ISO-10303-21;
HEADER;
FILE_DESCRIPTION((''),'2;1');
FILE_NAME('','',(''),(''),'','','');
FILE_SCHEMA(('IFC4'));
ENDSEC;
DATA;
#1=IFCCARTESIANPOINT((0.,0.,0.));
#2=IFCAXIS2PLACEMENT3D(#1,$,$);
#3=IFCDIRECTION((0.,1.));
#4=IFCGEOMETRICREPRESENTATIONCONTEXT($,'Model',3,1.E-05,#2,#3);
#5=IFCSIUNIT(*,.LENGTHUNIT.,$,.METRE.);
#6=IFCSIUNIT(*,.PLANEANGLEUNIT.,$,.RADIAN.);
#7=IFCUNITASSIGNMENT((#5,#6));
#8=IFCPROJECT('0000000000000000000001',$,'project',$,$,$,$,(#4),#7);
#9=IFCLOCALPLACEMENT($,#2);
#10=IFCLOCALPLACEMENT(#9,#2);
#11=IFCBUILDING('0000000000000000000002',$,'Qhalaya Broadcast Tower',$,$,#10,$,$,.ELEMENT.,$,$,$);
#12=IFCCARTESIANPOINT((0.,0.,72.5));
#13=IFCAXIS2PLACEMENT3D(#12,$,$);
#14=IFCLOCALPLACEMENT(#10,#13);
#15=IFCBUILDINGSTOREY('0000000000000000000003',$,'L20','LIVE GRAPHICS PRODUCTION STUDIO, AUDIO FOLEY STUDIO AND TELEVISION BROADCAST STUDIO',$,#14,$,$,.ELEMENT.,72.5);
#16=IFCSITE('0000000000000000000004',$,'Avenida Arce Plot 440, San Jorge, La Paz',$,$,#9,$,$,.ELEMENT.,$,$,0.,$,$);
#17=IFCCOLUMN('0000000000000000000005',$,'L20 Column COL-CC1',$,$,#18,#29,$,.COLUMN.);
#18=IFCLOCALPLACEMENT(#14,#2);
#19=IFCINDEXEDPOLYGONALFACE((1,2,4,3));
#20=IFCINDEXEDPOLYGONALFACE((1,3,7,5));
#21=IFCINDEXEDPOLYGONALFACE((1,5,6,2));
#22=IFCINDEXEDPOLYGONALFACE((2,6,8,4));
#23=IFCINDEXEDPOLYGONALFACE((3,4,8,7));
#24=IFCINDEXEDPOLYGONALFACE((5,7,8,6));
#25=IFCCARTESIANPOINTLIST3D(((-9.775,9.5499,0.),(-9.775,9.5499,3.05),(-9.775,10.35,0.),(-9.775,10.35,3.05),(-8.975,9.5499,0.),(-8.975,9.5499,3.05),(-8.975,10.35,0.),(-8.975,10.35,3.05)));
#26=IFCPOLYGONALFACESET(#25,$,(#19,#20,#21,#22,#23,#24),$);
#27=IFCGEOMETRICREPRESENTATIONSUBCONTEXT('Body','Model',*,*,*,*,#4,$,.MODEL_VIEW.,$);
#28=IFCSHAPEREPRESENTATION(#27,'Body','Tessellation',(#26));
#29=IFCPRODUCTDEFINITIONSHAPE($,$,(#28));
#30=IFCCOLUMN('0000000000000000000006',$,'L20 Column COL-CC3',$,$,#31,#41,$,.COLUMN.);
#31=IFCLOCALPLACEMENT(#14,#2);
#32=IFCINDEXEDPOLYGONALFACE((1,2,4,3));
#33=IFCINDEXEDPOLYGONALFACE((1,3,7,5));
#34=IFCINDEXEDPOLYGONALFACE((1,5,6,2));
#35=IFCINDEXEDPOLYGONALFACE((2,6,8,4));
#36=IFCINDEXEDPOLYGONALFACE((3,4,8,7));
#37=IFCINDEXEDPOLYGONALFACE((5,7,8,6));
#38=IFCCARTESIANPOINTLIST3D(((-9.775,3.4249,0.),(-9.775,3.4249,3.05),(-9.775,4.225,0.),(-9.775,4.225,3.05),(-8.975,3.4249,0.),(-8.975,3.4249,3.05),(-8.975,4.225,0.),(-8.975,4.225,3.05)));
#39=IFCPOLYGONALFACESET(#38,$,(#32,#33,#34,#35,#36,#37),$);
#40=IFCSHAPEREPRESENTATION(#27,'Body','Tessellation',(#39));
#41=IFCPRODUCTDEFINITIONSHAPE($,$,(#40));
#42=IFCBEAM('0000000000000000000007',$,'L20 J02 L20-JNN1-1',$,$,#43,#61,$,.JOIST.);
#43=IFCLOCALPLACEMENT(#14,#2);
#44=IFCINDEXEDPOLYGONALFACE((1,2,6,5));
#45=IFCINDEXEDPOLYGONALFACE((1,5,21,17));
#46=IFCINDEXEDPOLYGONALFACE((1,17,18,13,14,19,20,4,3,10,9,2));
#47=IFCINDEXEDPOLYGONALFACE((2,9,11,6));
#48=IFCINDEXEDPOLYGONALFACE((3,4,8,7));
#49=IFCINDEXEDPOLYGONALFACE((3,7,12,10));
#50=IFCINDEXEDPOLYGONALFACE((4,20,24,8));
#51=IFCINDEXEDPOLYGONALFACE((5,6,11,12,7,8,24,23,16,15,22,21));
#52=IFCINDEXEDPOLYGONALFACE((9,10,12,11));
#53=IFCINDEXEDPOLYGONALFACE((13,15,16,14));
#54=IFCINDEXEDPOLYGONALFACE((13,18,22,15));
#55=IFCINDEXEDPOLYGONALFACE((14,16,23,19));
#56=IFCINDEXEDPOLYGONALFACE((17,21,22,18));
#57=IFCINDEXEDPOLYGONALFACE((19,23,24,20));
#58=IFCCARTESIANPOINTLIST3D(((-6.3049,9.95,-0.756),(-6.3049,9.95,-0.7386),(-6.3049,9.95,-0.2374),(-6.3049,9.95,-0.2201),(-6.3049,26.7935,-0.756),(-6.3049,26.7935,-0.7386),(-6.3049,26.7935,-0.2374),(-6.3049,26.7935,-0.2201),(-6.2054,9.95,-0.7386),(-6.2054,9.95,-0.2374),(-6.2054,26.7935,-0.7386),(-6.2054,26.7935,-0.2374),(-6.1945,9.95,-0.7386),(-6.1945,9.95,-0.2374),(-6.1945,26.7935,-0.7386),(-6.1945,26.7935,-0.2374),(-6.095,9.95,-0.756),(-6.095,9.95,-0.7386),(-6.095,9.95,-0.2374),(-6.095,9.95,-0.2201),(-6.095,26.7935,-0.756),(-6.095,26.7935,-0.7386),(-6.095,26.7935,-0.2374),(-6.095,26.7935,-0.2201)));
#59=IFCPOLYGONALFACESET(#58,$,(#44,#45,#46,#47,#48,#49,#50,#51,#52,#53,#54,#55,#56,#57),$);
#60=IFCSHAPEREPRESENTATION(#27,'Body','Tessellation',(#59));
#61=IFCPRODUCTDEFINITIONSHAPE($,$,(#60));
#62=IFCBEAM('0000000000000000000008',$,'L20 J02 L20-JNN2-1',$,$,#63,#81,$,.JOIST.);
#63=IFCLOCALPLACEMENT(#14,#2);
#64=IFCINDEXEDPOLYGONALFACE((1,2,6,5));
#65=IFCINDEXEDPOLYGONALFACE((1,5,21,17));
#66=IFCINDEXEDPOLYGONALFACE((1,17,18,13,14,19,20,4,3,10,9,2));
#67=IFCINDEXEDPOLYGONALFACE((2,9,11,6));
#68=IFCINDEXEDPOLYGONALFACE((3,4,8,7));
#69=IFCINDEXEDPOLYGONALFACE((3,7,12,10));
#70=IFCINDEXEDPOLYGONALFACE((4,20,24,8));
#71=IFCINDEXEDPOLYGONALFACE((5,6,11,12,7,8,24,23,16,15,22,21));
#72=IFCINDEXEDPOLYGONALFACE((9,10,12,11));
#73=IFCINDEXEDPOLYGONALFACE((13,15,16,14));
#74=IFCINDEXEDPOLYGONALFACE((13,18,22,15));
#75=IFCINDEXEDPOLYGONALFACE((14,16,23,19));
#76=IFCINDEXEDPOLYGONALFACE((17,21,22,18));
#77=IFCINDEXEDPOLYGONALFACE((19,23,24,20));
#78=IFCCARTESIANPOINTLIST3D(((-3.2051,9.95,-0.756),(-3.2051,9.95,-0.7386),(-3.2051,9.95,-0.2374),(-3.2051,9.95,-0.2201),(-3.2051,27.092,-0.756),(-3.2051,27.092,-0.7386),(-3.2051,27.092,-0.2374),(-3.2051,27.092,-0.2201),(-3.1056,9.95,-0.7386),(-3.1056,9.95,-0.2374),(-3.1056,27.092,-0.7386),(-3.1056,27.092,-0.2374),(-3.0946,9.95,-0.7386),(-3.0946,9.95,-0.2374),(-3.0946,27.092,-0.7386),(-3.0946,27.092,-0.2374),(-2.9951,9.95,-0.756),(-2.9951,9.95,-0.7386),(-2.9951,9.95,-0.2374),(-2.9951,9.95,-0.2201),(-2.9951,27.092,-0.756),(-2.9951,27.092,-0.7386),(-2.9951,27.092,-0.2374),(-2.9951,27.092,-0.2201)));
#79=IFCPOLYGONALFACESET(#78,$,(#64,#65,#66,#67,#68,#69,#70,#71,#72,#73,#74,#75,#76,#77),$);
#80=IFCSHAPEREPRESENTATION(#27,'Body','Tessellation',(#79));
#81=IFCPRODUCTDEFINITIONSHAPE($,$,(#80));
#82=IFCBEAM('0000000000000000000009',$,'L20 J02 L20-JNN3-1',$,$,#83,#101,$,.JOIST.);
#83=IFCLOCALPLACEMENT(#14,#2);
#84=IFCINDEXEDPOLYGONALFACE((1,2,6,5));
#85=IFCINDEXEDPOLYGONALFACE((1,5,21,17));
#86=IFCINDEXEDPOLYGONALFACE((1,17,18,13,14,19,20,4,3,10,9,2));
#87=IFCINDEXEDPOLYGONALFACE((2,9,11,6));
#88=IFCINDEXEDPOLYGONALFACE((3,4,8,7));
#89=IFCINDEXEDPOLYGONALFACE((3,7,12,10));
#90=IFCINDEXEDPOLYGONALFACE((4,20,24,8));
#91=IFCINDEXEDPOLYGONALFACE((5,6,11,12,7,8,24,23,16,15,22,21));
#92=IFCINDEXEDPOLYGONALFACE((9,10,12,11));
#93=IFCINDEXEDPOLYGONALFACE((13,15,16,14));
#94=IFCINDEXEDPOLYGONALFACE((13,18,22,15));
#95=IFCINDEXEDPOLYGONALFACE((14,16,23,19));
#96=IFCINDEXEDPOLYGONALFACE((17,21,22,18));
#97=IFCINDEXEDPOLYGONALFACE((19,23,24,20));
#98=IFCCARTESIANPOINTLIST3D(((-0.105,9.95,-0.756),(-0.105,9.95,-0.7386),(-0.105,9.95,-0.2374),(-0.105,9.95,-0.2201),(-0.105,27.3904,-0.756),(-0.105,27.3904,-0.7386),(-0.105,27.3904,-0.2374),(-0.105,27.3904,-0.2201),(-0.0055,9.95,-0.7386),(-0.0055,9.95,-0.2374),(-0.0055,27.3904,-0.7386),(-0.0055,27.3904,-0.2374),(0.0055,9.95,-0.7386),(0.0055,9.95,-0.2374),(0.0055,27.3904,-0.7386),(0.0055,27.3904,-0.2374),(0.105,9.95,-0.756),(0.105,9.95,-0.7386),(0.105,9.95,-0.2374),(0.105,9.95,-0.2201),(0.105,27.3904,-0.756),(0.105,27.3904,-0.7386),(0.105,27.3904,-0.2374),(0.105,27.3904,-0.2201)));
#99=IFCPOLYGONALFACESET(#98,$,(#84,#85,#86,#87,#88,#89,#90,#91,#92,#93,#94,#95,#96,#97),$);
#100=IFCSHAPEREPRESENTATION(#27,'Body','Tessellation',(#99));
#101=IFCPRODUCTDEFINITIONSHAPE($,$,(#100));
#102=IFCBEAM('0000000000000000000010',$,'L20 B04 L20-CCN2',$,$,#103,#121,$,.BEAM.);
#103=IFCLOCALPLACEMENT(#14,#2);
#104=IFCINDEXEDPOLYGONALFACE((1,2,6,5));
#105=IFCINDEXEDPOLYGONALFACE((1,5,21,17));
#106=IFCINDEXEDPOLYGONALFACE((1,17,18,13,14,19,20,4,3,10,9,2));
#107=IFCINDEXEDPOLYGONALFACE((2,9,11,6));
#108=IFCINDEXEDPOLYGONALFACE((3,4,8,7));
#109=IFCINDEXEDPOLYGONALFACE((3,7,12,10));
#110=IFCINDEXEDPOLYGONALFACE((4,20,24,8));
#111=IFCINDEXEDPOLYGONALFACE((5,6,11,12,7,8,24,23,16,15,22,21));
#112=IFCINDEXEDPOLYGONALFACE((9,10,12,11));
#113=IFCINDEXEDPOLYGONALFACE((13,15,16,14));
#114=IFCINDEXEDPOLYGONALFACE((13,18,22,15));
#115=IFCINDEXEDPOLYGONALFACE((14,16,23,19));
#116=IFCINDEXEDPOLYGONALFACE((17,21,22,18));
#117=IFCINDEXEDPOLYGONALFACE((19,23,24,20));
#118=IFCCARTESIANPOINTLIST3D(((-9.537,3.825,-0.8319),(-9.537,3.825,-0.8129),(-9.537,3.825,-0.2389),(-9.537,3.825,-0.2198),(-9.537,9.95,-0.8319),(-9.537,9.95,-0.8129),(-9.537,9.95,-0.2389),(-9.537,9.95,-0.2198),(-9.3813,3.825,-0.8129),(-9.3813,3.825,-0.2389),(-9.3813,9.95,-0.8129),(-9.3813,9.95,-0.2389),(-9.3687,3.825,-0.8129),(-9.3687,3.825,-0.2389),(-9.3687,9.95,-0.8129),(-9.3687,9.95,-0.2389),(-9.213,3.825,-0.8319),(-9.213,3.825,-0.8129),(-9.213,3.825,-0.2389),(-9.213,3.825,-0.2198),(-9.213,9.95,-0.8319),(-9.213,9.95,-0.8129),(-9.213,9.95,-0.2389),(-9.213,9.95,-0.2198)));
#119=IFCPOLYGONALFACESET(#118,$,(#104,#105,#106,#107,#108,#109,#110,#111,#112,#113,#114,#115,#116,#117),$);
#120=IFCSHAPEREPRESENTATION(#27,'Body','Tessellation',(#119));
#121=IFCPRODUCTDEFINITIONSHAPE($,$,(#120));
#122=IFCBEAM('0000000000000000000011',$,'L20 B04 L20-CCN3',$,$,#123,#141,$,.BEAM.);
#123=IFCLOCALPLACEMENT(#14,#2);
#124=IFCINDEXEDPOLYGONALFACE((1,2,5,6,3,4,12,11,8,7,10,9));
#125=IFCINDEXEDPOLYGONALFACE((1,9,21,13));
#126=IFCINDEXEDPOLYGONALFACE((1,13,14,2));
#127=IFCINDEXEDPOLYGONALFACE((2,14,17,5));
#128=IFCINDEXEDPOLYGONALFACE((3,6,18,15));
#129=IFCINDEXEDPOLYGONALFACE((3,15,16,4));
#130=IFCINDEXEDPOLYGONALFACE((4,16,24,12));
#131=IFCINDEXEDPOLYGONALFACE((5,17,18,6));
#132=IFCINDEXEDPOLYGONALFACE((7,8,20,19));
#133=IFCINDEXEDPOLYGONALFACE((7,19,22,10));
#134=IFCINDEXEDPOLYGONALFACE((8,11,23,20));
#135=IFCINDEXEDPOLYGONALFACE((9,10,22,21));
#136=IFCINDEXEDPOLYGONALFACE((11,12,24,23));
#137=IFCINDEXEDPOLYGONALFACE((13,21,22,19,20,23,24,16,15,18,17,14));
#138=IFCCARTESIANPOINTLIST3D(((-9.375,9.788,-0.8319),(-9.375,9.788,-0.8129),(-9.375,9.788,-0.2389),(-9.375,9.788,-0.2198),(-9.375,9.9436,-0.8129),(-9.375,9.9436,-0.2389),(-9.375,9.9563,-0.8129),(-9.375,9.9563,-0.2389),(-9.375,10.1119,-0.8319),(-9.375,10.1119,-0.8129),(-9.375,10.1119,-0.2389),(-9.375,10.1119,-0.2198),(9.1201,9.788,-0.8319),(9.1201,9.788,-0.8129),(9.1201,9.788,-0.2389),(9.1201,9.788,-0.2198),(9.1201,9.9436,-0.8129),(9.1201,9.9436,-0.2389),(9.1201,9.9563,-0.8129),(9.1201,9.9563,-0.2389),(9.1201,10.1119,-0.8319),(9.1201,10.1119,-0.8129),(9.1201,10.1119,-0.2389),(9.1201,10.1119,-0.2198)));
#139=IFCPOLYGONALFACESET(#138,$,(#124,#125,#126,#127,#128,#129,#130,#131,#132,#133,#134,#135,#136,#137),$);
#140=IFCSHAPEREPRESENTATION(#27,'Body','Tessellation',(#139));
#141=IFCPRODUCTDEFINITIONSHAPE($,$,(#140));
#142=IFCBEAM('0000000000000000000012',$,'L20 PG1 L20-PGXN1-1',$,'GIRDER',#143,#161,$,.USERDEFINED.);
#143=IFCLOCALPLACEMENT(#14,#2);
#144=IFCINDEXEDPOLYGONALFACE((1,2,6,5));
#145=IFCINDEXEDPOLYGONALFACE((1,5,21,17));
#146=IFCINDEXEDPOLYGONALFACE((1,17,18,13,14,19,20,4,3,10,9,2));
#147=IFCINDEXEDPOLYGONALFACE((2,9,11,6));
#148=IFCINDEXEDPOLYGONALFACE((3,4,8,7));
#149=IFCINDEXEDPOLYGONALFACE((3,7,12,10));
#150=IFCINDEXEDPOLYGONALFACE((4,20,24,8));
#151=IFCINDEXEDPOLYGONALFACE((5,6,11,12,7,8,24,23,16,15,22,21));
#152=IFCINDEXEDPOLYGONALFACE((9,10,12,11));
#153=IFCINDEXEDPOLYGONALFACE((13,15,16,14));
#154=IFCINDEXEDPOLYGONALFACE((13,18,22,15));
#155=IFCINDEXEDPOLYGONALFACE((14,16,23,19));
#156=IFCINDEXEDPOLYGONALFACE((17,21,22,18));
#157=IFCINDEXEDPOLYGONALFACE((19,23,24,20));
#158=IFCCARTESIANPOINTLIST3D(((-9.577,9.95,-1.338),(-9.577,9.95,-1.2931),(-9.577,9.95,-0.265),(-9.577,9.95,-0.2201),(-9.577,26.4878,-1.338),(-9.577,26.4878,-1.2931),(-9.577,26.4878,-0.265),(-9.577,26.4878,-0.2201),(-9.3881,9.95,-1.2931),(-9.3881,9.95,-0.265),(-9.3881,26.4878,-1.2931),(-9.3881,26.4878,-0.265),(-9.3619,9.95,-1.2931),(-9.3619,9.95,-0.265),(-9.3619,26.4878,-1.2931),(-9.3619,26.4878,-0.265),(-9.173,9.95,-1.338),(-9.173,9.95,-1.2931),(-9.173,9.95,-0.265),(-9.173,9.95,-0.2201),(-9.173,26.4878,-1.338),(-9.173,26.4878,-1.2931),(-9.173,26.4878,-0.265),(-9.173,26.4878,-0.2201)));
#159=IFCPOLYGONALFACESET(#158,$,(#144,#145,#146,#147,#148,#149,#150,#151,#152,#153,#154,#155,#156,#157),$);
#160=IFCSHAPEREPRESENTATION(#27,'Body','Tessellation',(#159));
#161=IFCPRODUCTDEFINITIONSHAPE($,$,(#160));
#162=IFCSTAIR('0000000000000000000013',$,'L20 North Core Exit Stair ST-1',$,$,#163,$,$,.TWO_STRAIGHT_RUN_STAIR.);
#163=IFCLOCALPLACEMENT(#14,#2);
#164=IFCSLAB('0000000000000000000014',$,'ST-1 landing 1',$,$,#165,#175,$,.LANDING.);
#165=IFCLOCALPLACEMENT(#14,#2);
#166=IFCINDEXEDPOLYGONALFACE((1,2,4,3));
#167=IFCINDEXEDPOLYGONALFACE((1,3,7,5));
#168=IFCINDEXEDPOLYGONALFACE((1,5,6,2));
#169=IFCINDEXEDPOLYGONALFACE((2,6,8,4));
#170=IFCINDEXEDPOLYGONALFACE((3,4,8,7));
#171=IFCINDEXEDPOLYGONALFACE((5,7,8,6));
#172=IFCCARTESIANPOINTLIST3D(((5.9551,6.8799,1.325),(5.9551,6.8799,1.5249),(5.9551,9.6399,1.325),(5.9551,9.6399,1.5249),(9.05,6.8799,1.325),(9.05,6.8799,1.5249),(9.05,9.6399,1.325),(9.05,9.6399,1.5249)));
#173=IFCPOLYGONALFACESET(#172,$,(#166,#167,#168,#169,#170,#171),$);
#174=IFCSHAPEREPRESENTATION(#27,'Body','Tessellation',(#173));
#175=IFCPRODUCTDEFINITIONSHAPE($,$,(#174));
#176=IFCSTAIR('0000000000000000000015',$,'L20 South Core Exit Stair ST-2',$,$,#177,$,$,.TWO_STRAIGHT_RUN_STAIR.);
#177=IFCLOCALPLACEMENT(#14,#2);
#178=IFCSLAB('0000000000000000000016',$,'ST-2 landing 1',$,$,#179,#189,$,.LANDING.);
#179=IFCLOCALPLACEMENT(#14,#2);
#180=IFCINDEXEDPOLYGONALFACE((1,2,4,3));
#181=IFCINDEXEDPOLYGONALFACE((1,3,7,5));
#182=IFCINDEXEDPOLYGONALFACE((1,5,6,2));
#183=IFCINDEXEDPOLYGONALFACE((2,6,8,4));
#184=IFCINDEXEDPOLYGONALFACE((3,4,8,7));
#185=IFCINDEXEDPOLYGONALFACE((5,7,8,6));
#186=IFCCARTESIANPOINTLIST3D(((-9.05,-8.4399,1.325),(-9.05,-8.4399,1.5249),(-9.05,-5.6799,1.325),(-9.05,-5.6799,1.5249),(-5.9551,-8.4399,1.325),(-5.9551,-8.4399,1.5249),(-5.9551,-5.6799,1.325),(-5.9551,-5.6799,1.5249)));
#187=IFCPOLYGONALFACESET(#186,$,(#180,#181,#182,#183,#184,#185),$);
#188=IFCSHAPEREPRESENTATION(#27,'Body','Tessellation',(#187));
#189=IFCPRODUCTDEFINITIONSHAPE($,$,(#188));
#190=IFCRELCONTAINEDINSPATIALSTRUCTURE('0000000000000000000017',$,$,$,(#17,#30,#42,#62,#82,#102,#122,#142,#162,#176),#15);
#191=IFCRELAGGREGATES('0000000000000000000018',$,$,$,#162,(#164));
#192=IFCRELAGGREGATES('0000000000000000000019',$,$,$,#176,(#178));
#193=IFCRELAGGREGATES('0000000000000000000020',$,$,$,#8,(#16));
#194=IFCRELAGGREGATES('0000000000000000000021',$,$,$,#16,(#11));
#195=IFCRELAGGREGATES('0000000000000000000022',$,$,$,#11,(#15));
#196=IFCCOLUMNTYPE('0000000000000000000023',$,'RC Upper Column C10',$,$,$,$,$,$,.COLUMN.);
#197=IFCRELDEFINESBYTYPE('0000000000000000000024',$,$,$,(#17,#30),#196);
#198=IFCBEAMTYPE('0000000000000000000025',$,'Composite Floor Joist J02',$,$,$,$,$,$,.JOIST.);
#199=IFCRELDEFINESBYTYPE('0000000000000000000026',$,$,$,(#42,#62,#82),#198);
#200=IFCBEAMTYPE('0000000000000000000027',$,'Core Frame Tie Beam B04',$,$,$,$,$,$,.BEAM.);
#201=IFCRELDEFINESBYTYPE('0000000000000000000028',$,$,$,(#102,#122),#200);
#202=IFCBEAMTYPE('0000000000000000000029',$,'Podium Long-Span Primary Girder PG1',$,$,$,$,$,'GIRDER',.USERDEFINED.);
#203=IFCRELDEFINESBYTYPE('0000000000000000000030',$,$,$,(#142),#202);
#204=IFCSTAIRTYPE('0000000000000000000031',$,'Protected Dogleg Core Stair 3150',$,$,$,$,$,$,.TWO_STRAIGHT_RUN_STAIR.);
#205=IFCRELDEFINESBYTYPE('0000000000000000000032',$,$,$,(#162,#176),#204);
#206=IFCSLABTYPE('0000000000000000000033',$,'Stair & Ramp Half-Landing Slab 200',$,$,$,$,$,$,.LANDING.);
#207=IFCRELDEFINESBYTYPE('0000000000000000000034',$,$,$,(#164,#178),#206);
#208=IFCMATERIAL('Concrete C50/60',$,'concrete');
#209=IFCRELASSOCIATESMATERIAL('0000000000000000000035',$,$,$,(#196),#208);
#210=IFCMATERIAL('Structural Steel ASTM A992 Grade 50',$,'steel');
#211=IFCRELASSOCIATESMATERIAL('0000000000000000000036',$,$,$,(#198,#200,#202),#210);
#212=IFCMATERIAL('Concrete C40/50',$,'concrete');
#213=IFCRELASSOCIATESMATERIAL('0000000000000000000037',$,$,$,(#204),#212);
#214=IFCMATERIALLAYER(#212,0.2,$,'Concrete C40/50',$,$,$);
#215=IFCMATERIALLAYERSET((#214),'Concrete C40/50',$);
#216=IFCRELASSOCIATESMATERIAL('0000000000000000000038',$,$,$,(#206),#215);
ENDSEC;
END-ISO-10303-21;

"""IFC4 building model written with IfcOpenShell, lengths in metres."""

from ifc_helpers import new_model, si_unit, direction, frame, origin, origin_2d, place, context, subcontext, project, spatial, polyline, rectangle, i_section, outline, extrude, material, layer, layer_set, material_profile, profile_set, type_object, element, aggregate, save


model = new_model("IFC4")

# Units and contexts
model_context = context("Model", 3, precision=1e-05, world=origin(), true_north=direction((0.0, 1.0)))
body_context = subcontext(model_context, "Body", "Model", "MODEL_VIEW")
ifc_project = project(units=[si_unit("LENGTHUNIT", "METRE"), si_unit("PLANEANGLEUNIT", "RADIAN")], contexts=[model_context])

# Site, building, storey
site_placement = place(None, origin())
site = spatial("IfcSite", under=ifc_project, at=site_placement, Name="Avenida Arce Plot 440, San Jorge, La Paz", CompositionType="ELEMENT", RefElevation=0.0)
building_placement = place(site_placement, origin())
building = spatial("IfcBuilding", under=site, at=building_placement, Name="Qhalaya Broadcast Tower", CompositionType="ELEMENT")
storey_placement = place(building_placement, frame((0.0, 0.0, 72.5)))
storey = spatial("IfcBuildingStorey", under=building, at=storey_placement, Name="L20", Description="LIVE GRAPHICS PRODUCTION STUDIO, AUDIO FOLEY STUDIO AND TELEVISION BROADCAST STUDIO", CompositionType="ELEMENT", Elevation=72.5)

# Columns
ifc_material_1 = material(Name="Concrete C50/60", Category="concrete")
ifc_material_profile_1 = material_profile(ifc_material_1, rectangle(XDim=0.8, YDim=0.8, at=origin_2d()), Name="RC-COL 800x800")
ifc_profile_set_1 = profile_set([ifc_material_profile_1], Name="Concrete C50/60")
column_type = type_object("IfcColumnType", Name="RC Upper Column C10", PredefinedType="COLUMN", material=ifc_profile_set_1)
for number, where, z_axis, x_axis, name in (
    (1, (-9.375, 9.95, 0.0), (0.0, 0.0, 1.0), (1.0, 0.0, 0.0), "L20 Column COL-CC1"),
    (2, (-9.375, 3.825, 0.0), (0.0, 0.0, 1.0), (1.0, 0.0, 0.0), "L20 Column COL-CC3"),
):
    element("IfcColumn", number, at=place(storey_placement, frame(where, z_axis=z_axis, x_axis=x_axis)), inside=storey, type_object=column_type, Name=name, PredefinedType="COLUMN", context=body_context, shape_type="SweptSolid", body=[
        extrude(rectangle(XDim=0.8, YDim=0.8, at=origin_2d()), origin(), (0.0, 0.0, 1.0), 3.05),
    ])

# Beams
ifc_material_2 = material(Name="Structural Steel ASTM A992 Grade 50", Category="steel")
ifc_material_profile_2 = material_profile(ifc_material_2, i_section(OverallWidth=0.21, OverallDepth=0.5359, WebThickness=0.011, FlangeThickness=0.0173, at=origin_2d()), Name="W21X68")
ifc_profile_set_2 = profile_set([ifc_material_profile_2], Name="Structural Steel ASTM A992 Grade 50")
beam_type_1 = type_object("IfcBeamType", Name="Composite Floor Joist J02", PredefinedType="JOIST", material=ifc_profile_set_2)
beam_1_placement = place(storey_placement, frame((-6.2, 9.95, -0.488), z_axis=(0.0, 1.0, 0.0), x_axis=(-1.0, 0.0, 0.0)))
element("IfcBeam", 3, at=beam_1_placement, inside=storey, type_object=beam_type_1, Name="L20 J02 L20-JNN1-1", PredefinedType="JOIST", context=body_context, shape_type="SweptSolid", body=[
    extrude(i_section(OverallWidth=0.21, OverallDepth=0.5359, WebThickness=0.011, FlangeThickness=0.0173, at=origin_2d()), origin(), (0.0, 0.0, 1.0), 16.8435),
])
beam_2_placement = place(storey_placement, frame((-3.1001, 9.95, -0.488), z_axis=(0.0, 1.0, 0.0), x_axis=(-1.0, 0.0, 0.0)))
element("IfcBeam", 4, at=beam_2_placement, inside=storey, type_object=beam_type_1, Name="L20 J02 L20-JNN2-1", PredefinedType="JOIST", context=body_context, shape_type="SweptSolid", body=[
    extrude(i_section(OverallWidth=0.21, OverallDepth=0.5359, WebThickness=0.011, FlangeThickness=0.0173, at=origin_2d()), origin(), (0.0, 0.0, 1.0), 17.1421),
])
beam_3_placement = place(storey_placement, frame((0.0, 9.95, -0.488), z_axis=(0.0, 1.0, 0.0), x_axis=(-1.0, 0.0, 0.0)))
element("IfcBeam", 5, at=beam_3_placement, inside=storey, type_object=beam_type_1, Name="L20 J02 L20-JNN3-1", PredefinedType="JOIST", context=body_context, shape_type="SweptSolid", body=[
    extrude(i_section(OverallWidth=0.21, OverallDepth=0.5359, WebThickness=0.011, FlangeThickness=0.0173, at=origin_2d()), origin(), (0.0, 0.0, 1.0), 17.4404),
])
ifc_material_profile_3 = material_profile(ifc_material_2, i_section(OverallWidth=0.324, OverallDepth=0.6121, WebThickness=0.0127, FlangeThickness=0.019, at=origin_2d()), Name="W24X104")
ifc_profile_set_3 = profile_set([ifc_material_profile_3], Name="Structural Steel ASTM A992 Grade 50")
beam_type_2 = type_object("IfcBeamType", Name="Core Frame Tie Beam B04", PredefinedType="BEAM", material=ifc_profile_set_3)
beam_4_placement = place(storey_placement, frame((-9.375, 3.825, -0.5259), z_axis=(0.0, 1.0, 0.0), x_axis=(-1.0, 0.0, 0.0)))
element("IfcBeam", 6, at=beam_4_placement, inside=storey, type_object=beam_type_2, Name="L20 B04 L20-CCN2", PredefinedType="BEAM", context=body_context, shape_type="SweptSolid", body=[
    extrude(i_section(OverallWidth=0.324, OverallDepth=0.6121, WebThickness=0.0127, FlangeThickness=0.019, at=origin_2d()), origin(), (0.0, 0.0, 1.0), 6.125),
])
beam_5_placement = place(storey_placement, frame((-9.375, 9.95, -0.5259), z_axis=(1.0, 0.0, 0.0), x_axis=(0.0, 1.0, 0.0)))
element("IfcBeam", 7, at=beam_5_placement, inside=storey, type_object=beam_type_2, Name="L20 B04 L20-CCN3", PredefinedType="BEAM", context=body_context, shape_type="SweptSolid", body=[
    extrude(i_section(OverallWidth=0.324, OverallDepth=0.6121, WebThickness=0.0127, FlangeThickness=0.019, at=origin_2d()), origin(), (0.0, 0.0, 1.0), 18.4951),
])
ifc_material_profile_4 = material_profile(ifc_material_2, i_section(OverallWidth=0.4041, OverallDepth=1.1179, WebThickness=0.0261, FlangeThickness=0.0449, at=origin_2d()), Name="W44X335")
ifc_profile_set_4 = profile_set([ifc_material_profile_4], Name="Structural Steel ASTM A992 Grade 50")
beam_type_3 = type_object("IfcBeamType", Name="Podium Long-Span Primary Girder PG1", ElementType="GIRDER", PredefinedType="USERDEFINED", material=ifc_profile_set_4)
beam_6_placement = place(storey_placement, frame((-9.375, 9.95, -0.7791), z_axis=(0.0, 1.0, 0.0), x_axis=(-1.0, 0.0, 0.0)))
element("IfcBeam", 8, at=beam_6_placement, inside=storey, type_object=beam_type_3, Name="L20 PG1 L20-PGXN1-1", ObjectType="GIRDER", PredefinedType="USERDEFINED", context=body_context, shape_type="SweptSolid", body=[
    extrude(i_section(OverallWidth=0.4041, OverallDepth=1.1179, WebThickness=0.0261, FlangeThickness=0.0449, at=origin_2d()), origin(), (0.0, 0.0, 1.0), 16.5378),
])

# Stairs, slabs
ifc_material_3 = material(Name="Concrete C40/50", Category="concrete")
stair_type = type_object("IfcStairType", Name="Protected Dogleg Core Stair 3150", PredefinedType="TWO_STRAIGHT_RUN_STAIR", material=ifc_material_3)
stair_1_placement = place(storey_placement, origin())
stair_1 = element("IfcStair", 9, at=stair_1_placement, inside=storey, type_object=stair_type, Name="L20 North Core Exit Stair ST-1", PredefinedType="TWO_STRAIGHT_RUN_STAIR")
ifc_layer_1 = layer(ifc_material_3, 0.2, Name="Concrete C40/50")
ifc_layer_set_1 = layer_set([ifc_layer_1], Name="Concrete C40/50")
slab_type = type_object("IfcSlabType", Name="Stair & Ramp Half-Landing Slab 200", PredefinedType="LANDING", material=ifc_layer_set_1)
slab_1_placement = place(storey_placement, frame((0.0, 0.0, 1.325)))
slab_1 = element("IfcSlab", 10, at=slab_1_placement, type_object=slab_type, Name="ST-1 landing 1", PredefinedType="LANDING", context=body_context, shape_type="SweptSolid", body=[
    extrude(outline(polyline([(5.9551, 6.8799), (9.05, 6.8799), (9.05, 9.6399), (5.9551, 9.6399), (5.9551, 6.8799)])), origin(), (0.0, 0.0, 1.0), 0.2),
])
aggregate(stair_1, [slab_1])
stair_2_placement = place(storey_placement, origin())
stair_2 = element("IfcStair", 11, at=stair_2_placement, inside=storey, type_object=stair_type, Name="L20 South Core Exit Stair ST-2", PredefinedType="TWO_STRAIGHT_RUN_STAIR")
slab_2_placement = place(storey_placement, frame((0.0, 0.0, 1.325)))
slab_2 = element("IfcSlab", 12, at=slab_2_placement, type_object=slab_type, Name="ST-2 landing 1", PredefinedType="LANDING", context=body_context, shape_type="SweptSolid", body=[
    extrude(outline(polyline([(-5.9551, -5.6799), (-9.05, -5.6799), (-9.05, -8.4399), (-5.9551, -8.4399), (-5.9551, -5.6799)])), origin(), (0.0, 0.0, 1.0), 0.2),
])
aggregate(stair_2, [slab_2])

save(model, "model.ifc")
